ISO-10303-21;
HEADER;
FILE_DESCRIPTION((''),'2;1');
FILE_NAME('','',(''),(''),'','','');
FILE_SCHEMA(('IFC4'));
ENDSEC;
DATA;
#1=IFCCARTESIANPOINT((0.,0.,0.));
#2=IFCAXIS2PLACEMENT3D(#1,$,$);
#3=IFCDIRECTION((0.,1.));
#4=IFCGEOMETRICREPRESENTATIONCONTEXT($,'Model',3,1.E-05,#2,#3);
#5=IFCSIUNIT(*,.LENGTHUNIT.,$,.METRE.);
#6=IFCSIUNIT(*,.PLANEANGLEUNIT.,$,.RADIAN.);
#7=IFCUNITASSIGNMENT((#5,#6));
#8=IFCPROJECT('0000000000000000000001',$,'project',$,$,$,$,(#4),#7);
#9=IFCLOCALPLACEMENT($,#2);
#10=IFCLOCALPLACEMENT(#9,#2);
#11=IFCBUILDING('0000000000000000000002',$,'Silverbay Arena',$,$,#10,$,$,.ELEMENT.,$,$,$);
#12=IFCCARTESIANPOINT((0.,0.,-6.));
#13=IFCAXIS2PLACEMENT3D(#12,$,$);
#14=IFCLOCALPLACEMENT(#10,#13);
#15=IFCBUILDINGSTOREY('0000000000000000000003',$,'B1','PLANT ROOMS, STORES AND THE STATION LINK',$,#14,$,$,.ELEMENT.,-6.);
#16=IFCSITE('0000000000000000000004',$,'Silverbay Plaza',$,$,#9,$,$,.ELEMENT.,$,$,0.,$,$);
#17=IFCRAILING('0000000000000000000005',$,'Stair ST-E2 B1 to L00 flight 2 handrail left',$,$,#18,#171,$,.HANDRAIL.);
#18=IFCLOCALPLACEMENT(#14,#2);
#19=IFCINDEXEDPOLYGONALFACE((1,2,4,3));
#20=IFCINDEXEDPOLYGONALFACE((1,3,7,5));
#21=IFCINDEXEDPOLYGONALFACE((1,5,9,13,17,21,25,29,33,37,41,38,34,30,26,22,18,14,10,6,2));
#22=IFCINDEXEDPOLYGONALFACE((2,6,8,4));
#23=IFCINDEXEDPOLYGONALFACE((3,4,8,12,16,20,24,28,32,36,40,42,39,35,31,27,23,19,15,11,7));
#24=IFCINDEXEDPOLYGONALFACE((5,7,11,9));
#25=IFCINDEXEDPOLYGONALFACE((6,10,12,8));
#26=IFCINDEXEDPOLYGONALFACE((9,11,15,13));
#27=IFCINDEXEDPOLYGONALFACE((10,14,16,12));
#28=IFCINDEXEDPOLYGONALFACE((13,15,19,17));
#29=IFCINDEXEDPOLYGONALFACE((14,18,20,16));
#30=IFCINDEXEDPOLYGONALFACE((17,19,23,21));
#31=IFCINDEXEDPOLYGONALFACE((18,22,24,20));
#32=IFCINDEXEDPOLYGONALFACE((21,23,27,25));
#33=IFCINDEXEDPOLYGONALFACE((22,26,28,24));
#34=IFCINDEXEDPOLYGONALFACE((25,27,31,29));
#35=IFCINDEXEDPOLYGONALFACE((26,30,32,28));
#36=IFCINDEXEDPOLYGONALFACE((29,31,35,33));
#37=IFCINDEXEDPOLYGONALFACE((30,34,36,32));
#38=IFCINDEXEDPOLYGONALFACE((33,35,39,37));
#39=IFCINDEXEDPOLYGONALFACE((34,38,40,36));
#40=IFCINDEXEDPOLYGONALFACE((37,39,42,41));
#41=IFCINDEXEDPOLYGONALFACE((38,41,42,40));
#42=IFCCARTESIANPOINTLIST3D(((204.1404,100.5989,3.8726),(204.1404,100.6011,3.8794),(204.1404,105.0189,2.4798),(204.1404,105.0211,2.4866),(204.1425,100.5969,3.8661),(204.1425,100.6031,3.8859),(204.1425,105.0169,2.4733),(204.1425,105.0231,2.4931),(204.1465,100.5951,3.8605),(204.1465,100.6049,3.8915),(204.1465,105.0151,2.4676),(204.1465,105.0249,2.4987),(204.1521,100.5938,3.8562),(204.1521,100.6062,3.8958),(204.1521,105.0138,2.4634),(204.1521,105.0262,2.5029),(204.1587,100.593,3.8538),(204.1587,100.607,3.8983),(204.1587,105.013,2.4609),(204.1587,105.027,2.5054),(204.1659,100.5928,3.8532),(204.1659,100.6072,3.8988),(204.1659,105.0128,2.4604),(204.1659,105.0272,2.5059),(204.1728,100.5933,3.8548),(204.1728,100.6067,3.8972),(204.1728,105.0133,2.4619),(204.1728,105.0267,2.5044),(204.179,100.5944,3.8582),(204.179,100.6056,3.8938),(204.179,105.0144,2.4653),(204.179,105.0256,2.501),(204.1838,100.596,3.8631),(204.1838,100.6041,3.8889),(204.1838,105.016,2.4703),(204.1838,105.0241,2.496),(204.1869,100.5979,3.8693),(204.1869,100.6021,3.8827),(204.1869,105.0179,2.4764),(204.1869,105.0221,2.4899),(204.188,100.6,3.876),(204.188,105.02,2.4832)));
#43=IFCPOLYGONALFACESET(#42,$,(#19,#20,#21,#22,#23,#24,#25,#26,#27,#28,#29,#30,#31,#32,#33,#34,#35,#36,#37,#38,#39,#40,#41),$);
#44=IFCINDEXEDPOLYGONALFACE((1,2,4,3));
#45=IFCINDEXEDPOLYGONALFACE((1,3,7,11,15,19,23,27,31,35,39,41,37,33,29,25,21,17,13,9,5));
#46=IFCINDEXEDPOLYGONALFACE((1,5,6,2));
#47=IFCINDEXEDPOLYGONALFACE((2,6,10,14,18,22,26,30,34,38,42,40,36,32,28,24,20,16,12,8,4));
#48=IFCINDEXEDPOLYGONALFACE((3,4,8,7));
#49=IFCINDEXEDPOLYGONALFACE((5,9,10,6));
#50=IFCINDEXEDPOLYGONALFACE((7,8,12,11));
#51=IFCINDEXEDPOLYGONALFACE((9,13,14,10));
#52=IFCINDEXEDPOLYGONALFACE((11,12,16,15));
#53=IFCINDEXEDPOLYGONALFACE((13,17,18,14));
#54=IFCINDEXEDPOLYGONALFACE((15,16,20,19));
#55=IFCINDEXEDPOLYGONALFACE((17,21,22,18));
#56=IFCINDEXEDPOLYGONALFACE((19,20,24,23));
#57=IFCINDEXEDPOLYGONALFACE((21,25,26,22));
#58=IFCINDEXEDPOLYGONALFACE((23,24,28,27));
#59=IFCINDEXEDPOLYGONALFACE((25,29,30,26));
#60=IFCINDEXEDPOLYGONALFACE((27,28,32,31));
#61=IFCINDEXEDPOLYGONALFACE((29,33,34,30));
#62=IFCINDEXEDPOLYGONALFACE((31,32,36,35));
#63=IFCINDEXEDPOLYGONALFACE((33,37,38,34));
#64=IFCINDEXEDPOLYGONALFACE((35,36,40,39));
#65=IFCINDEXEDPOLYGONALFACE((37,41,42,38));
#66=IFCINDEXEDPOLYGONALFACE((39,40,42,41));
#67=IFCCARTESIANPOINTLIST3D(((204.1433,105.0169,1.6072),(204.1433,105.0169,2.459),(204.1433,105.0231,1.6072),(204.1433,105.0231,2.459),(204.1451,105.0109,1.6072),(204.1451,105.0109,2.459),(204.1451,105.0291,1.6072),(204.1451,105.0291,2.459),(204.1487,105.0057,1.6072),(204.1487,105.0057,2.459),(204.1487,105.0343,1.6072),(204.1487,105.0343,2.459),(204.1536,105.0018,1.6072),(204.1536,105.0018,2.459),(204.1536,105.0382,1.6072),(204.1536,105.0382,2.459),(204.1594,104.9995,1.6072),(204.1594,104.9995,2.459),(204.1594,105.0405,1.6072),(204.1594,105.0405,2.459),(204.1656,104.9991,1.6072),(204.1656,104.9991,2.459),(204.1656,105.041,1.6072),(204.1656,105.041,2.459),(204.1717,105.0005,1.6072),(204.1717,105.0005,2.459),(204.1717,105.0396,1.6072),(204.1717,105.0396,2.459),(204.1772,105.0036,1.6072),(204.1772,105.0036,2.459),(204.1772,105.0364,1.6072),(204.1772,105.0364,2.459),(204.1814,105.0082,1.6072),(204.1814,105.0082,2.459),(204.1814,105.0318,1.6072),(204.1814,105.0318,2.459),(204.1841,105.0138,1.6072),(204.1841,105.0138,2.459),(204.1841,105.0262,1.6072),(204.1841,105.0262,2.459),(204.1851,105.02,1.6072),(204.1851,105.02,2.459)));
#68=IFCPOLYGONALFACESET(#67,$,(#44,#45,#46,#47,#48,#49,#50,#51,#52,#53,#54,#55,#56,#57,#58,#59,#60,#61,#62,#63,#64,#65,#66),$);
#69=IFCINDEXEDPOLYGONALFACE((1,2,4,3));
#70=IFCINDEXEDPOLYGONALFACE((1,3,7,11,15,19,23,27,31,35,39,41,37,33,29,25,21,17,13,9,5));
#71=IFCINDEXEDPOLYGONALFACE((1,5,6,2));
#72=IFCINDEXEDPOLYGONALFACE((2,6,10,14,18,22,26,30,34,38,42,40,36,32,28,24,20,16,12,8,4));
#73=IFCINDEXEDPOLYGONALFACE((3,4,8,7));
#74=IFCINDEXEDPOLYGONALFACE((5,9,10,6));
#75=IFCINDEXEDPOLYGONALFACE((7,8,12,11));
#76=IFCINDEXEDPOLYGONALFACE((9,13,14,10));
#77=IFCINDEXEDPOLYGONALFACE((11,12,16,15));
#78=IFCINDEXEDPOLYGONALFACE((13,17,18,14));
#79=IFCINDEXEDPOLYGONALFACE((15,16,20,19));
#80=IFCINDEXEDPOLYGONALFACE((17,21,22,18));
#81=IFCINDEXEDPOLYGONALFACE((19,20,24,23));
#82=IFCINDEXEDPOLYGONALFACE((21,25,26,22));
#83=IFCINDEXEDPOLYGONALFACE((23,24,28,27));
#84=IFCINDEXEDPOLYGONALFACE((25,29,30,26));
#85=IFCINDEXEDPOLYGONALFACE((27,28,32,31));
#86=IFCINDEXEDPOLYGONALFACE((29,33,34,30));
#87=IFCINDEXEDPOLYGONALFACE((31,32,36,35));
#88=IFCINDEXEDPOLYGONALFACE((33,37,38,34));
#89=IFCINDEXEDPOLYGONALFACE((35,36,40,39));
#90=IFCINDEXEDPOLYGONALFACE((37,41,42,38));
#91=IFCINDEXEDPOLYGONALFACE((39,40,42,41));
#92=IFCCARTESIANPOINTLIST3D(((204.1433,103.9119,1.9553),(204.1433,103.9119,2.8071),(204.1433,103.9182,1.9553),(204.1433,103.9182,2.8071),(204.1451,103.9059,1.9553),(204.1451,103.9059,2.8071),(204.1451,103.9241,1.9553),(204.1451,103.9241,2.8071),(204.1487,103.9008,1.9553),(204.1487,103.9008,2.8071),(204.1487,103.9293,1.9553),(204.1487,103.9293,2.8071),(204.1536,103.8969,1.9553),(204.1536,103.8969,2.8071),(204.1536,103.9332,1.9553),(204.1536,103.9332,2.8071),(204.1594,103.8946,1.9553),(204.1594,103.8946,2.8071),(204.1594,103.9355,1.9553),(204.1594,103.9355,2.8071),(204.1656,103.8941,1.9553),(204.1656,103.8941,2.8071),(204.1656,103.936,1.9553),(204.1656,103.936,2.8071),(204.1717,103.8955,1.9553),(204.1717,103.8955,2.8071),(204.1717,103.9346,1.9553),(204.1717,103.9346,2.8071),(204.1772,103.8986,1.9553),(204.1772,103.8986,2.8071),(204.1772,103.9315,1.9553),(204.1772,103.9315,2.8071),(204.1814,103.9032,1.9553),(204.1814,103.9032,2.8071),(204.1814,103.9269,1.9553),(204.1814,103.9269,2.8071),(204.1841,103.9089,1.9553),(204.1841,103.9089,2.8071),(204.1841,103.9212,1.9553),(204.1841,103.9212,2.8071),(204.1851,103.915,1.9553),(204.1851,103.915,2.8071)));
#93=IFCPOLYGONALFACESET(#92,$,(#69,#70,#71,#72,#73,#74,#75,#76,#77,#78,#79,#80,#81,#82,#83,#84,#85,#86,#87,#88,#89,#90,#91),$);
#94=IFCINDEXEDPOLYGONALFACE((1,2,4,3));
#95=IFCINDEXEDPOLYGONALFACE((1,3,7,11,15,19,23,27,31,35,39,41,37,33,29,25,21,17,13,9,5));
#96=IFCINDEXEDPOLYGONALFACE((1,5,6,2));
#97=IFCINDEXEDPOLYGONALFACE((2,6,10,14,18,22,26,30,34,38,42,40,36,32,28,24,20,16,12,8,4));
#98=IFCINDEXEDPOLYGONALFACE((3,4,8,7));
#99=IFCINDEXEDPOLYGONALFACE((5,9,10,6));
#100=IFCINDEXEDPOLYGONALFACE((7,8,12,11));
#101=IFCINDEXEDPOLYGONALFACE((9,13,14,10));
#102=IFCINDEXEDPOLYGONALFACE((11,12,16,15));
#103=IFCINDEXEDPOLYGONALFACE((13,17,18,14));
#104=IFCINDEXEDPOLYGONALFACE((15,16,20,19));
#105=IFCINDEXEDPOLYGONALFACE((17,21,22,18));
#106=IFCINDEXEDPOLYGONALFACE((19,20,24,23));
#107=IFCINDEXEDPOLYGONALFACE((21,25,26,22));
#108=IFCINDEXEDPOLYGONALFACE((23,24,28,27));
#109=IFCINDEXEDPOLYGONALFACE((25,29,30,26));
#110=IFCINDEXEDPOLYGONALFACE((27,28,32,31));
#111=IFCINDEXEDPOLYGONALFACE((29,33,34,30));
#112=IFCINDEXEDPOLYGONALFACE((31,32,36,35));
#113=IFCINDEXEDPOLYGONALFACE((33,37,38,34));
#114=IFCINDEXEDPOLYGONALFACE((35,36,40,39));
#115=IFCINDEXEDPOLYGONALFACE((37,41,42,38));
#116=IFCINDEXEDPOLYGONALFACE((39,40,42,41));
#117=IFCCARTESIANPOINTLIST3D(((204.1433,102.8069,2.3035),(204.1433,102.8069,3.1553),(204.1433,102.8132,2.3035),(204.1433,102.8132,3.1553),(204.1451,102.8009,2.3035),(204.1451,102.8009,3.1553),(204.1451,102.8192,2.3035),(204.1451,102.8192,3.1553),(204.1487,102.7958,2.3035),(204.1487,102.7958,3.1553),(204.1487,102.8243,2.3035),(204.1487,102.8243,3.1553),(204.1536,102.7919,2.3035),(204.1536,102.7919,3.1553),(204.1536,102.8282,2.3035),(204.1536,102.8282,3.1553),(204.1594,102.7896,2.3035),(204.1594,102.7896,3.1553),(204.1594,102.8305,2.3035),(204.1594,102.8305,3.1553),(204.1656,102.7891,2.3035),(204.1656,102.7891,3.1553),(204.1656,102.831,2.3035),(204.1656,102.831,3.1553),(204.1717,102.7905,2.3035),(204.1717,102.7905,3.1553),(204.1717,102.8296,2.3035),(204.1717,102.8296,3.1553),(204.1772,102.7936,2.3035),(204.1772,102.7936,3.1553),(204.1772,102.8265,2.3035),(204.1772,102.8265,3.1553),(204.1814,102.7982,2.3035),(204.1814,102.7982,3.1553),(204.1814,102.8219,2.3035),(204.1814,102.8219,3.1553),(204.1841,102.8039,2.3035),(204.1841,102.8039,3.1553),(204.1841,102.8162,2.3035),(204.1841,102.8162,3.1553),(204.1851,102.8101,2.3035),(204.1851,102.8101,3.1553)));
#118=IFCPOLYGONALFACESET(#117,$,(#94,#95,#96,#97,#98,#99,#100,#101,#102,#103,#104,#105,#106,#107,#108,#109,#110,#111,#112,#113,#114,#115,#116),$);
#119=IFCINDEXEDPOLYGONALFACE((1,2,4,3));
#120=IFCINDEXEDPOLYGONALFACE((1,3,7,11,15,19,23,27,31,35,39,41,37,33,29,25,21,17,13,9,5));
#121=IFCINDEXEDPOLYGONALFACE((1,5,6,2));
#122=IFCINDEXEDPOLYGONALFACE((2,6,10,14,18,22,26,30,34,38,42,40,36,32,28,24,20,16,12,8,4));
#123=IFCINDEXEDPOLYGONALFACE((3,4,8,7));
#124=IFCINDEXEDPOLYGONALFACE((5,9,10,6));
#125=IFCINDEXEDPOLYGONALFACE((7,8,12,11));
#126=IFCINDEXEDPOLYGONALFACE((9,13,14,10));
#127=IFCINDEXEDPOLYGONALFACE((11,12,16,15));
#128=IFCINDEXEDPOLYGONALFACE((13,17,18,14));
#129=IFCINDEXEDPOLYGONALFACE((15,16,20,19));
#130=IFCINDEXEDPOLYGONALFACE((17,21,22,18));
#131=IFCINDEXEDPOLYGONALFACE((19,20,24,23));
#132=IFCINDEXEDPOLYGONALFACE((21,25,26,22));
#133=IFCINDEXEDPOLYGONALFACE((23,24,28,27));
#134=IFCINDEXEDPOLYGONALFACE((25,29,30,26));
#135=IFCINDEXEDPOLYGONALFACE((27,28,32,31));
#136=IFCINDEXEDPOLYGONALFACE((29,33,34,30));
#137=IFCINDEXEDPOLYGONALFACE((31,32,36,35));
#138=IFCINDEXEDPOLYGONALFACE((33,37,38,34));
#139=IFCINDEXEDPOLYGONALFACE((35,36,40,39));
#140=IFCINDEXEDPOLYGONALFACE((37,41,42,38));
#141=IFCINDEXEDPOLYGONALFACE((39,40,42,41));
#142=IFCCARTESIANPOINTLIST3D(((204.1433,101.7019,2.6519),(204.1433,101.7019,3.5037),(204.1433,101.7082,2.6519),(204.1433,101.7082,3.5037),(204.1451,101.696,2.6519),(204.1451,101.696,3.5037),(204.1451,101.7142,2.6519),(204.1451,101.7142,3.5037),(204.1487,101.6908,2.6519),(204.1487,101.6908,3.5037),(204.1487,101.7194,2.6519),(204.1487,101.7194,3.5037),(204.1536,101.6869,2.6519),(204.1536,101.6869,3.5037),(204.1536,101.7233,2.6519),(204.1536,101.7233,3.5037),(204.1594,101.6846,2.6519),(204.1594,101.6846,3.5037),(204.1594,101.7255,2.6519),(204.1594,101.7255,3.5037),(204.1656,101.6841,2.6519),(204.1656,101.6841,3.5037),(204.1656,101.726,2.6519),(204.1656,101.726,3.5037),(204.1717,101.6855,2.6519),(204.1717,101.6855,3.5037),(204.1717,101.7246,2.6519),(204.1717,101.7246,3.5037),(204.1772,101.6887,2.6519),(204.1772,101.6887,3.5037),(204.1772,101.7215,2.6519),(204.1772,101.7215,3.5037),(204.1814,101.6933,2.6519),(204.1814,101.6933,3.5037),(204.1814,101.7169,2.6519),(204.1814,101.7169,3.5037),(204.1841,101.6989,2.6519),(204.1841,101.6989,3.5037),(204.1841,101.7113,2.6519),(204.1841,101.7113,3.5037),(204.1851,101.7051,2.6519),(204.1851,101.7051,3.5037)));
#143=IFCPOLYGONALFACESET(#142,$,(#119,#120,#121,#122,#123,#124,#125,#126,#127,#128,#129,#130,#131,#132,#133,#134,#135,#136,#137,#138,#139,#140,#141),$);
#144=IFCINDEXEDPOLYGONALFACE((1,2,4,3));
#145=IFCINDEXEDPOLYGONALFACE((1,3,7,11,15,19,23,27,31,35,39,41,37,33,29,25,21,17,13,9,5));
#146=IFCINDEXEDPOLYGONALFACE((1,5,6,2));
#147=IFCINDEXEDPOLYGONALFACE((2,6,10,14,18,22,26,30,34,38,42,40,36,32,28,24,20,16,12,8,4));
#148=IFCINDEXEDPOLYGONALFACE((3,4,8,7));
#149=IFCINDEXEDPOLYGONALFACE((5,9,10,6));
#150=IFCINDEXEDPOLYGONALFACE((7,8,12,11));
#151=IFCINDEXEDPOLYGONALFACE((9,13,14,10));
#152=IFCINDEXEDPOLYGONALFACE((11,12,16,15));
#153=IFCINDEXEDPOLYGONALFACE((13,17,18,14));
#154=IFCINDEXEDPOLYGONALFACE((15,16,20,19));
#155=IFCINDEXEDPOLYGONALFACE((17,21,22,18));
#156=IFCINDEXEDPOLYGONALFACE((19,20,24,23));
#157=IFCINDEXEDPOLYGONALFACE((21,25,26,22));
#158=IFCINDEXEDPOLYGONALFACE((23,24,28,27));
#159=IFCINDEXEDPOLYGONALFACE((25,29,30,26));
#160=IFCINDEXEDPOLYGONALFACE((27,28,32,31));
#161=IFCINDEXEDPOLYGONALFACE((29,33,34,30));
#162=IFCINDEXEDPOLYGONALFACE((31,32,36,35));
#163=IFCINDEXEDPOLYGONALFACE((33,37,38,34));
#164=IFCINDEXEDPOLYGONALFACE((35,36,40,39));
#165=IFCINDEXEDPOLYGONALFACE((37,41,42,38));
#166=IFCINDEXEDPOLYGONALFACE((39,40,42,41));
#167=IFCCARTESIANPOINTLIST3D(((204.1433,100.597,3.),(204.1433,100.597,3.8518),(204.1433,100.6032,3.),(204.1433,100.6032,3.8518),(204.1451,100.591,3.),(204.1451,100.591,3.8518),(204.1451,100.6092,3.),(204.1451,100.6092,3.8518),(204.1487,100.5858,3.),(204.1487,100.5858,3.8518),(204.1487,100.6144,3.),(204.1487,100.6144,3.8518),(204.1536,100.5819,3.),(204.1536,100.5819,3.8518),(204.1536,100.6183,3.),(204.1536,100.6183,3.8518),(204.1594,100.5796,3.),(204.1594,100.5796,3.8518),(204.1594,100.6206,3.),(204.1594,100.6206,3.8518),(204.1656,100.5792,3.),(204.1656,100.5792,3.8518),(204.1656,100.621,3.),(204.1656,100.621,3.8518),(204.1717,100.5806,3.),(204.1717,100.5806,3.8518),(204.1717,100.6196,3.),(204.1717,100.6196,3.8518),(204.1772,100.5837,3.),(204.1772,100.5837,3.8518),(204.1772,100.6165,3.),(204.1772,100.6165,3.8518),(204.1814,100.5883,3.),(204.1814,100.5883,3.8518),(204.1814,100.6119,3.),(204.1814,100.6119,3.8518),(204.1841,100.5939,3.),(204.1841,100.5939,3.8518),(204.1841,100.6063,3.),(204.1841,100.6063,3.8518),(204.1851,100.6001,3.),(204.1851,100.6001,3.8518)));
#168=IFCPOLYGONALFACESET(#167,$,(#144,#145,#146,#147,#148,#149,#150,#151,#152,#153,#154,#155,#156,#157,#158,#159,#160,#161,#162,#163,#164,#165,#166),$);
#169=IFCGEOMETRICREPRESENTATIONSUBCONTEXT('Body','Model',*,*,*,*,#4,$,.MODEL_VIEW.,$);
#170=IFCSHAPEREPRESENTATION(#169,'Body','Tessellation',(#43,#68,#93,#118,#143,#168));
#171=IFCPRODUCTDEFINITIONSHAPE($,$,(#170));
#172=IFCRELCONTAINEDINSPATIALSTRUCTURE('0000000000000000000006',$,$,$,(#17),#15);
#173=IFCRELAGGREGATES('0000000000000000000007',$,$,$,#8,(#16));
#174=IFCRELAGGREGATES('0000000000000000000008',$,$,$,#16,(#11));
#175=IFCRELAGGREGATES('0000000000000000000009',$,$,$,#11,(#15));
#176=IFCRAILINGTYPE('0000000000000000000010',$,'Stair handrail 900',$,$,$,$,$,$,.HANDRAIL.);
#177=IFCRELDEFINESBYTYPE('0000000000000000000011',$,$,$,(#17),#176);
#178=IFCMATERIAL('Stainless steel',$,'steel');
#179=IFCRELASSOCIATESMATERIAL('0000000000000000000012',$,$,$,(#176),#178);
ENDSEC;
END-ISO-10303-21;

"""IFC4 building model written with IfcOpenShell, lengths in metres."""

from ifc_helpers import new_model, si_unit, direction, frame, origin, origin_2d, place, context, subcontext, project, spatial, circle, extrude, material, type_object, element, save


model = new_model("IFC4")

# Units and contexts
model_context = context("Model", 3, precision=1e-05, world=origin(), true_north=direction((0.0, 1.0)))
body_context = subcontext(model_context, "Body", "Model", "MODEL_VIEW")
ifc_project = project(units=[si_unit("LENGTHUNIT", "METRE"), si_unit("PLANEANGLEUNIT", "RADIAN")], contexts=[model_context])

# Site, building, storey
site_placement = place(None, origin())
site = spatial("IfcSite", under=ifc_project, at=site_placement, Name="Silverbay Plaza", CompositionType="ELEMENT", RefElevation=0.0)
building_placement = place(site_placement, origin())
building = spatial("IfcBuilding", under=site, at=building_placement, Name="Silverbay Arena", CompositionType="ELEMENT")
storey_placement = place(building_placement, frame((0.0, 0.0, -6.0)))
storey = spatial("IfcBuildingStorey", under=building, at=storey_placement, Name="B1", Description="PLANT ROOMS, STORES AND THE STATION LINK", CompositionType="ELEMENT", Elevation=-6.0)

# Railing
ifc_material_1 = material(Name="Stainless steel", Category="steel")
railing_type_1 = type_object("IfcRailingType", Name="Stair handrail 900", PredefinedType="HANDRAIL", material=ifc_material_1)
for number, where, name in (
    (1, (204.1641, 105.02, 1.6072), "Stair ST-E2 B1 to L00 flight 2 handrail left"),
):
    element("IfcRailing", number, at=place(storey_placement, frame(where)), inside=storey, type_object=railing_type_1, Name=name, PredefinedType="HANDRAIL", context=body_context, shape_type="SweptSolid", body=[
        extrude(circle(Radius=0.0239, at=origin_2d()), frame((0.0, 0.0, 0.876), z_axis=(0.0, -0.953765, 0.300554), x_axis=(1.0, 0.0, 0.0)), (0.0, 0.0, 1.0), 4.6343),
        extrude(circle(Radius=0.021, at=origin_2d()), origin(), (0.0, 0.0, 1.0), 0.8518),
        extrude(circle(Radius=0.021, at=origin_2d()), frame((0.0, -1.105, 0.3481)), (0.0, 0.0, 1.0), 0.8518),
        extrude(circle(Radius=0.021, at=origin_2d()), frame((0.0, -2.21, 0.6963)), (0.0, 0.0, 1.0), 0.8518),
        extrude(circle(Radius=0.021, at=origin_2d()), frame((0.0, -3.3149, 1.0447)), (0.0, 0.0, 1.0), 0.8518),
        extrude(circle(Radius=0.021, at=origin_2d()), frame((0.0, -4.4199, 1.3928)), (0.0, 0.0, 1.0), 0.8518),
    ])

save(model, "model.ifc")
